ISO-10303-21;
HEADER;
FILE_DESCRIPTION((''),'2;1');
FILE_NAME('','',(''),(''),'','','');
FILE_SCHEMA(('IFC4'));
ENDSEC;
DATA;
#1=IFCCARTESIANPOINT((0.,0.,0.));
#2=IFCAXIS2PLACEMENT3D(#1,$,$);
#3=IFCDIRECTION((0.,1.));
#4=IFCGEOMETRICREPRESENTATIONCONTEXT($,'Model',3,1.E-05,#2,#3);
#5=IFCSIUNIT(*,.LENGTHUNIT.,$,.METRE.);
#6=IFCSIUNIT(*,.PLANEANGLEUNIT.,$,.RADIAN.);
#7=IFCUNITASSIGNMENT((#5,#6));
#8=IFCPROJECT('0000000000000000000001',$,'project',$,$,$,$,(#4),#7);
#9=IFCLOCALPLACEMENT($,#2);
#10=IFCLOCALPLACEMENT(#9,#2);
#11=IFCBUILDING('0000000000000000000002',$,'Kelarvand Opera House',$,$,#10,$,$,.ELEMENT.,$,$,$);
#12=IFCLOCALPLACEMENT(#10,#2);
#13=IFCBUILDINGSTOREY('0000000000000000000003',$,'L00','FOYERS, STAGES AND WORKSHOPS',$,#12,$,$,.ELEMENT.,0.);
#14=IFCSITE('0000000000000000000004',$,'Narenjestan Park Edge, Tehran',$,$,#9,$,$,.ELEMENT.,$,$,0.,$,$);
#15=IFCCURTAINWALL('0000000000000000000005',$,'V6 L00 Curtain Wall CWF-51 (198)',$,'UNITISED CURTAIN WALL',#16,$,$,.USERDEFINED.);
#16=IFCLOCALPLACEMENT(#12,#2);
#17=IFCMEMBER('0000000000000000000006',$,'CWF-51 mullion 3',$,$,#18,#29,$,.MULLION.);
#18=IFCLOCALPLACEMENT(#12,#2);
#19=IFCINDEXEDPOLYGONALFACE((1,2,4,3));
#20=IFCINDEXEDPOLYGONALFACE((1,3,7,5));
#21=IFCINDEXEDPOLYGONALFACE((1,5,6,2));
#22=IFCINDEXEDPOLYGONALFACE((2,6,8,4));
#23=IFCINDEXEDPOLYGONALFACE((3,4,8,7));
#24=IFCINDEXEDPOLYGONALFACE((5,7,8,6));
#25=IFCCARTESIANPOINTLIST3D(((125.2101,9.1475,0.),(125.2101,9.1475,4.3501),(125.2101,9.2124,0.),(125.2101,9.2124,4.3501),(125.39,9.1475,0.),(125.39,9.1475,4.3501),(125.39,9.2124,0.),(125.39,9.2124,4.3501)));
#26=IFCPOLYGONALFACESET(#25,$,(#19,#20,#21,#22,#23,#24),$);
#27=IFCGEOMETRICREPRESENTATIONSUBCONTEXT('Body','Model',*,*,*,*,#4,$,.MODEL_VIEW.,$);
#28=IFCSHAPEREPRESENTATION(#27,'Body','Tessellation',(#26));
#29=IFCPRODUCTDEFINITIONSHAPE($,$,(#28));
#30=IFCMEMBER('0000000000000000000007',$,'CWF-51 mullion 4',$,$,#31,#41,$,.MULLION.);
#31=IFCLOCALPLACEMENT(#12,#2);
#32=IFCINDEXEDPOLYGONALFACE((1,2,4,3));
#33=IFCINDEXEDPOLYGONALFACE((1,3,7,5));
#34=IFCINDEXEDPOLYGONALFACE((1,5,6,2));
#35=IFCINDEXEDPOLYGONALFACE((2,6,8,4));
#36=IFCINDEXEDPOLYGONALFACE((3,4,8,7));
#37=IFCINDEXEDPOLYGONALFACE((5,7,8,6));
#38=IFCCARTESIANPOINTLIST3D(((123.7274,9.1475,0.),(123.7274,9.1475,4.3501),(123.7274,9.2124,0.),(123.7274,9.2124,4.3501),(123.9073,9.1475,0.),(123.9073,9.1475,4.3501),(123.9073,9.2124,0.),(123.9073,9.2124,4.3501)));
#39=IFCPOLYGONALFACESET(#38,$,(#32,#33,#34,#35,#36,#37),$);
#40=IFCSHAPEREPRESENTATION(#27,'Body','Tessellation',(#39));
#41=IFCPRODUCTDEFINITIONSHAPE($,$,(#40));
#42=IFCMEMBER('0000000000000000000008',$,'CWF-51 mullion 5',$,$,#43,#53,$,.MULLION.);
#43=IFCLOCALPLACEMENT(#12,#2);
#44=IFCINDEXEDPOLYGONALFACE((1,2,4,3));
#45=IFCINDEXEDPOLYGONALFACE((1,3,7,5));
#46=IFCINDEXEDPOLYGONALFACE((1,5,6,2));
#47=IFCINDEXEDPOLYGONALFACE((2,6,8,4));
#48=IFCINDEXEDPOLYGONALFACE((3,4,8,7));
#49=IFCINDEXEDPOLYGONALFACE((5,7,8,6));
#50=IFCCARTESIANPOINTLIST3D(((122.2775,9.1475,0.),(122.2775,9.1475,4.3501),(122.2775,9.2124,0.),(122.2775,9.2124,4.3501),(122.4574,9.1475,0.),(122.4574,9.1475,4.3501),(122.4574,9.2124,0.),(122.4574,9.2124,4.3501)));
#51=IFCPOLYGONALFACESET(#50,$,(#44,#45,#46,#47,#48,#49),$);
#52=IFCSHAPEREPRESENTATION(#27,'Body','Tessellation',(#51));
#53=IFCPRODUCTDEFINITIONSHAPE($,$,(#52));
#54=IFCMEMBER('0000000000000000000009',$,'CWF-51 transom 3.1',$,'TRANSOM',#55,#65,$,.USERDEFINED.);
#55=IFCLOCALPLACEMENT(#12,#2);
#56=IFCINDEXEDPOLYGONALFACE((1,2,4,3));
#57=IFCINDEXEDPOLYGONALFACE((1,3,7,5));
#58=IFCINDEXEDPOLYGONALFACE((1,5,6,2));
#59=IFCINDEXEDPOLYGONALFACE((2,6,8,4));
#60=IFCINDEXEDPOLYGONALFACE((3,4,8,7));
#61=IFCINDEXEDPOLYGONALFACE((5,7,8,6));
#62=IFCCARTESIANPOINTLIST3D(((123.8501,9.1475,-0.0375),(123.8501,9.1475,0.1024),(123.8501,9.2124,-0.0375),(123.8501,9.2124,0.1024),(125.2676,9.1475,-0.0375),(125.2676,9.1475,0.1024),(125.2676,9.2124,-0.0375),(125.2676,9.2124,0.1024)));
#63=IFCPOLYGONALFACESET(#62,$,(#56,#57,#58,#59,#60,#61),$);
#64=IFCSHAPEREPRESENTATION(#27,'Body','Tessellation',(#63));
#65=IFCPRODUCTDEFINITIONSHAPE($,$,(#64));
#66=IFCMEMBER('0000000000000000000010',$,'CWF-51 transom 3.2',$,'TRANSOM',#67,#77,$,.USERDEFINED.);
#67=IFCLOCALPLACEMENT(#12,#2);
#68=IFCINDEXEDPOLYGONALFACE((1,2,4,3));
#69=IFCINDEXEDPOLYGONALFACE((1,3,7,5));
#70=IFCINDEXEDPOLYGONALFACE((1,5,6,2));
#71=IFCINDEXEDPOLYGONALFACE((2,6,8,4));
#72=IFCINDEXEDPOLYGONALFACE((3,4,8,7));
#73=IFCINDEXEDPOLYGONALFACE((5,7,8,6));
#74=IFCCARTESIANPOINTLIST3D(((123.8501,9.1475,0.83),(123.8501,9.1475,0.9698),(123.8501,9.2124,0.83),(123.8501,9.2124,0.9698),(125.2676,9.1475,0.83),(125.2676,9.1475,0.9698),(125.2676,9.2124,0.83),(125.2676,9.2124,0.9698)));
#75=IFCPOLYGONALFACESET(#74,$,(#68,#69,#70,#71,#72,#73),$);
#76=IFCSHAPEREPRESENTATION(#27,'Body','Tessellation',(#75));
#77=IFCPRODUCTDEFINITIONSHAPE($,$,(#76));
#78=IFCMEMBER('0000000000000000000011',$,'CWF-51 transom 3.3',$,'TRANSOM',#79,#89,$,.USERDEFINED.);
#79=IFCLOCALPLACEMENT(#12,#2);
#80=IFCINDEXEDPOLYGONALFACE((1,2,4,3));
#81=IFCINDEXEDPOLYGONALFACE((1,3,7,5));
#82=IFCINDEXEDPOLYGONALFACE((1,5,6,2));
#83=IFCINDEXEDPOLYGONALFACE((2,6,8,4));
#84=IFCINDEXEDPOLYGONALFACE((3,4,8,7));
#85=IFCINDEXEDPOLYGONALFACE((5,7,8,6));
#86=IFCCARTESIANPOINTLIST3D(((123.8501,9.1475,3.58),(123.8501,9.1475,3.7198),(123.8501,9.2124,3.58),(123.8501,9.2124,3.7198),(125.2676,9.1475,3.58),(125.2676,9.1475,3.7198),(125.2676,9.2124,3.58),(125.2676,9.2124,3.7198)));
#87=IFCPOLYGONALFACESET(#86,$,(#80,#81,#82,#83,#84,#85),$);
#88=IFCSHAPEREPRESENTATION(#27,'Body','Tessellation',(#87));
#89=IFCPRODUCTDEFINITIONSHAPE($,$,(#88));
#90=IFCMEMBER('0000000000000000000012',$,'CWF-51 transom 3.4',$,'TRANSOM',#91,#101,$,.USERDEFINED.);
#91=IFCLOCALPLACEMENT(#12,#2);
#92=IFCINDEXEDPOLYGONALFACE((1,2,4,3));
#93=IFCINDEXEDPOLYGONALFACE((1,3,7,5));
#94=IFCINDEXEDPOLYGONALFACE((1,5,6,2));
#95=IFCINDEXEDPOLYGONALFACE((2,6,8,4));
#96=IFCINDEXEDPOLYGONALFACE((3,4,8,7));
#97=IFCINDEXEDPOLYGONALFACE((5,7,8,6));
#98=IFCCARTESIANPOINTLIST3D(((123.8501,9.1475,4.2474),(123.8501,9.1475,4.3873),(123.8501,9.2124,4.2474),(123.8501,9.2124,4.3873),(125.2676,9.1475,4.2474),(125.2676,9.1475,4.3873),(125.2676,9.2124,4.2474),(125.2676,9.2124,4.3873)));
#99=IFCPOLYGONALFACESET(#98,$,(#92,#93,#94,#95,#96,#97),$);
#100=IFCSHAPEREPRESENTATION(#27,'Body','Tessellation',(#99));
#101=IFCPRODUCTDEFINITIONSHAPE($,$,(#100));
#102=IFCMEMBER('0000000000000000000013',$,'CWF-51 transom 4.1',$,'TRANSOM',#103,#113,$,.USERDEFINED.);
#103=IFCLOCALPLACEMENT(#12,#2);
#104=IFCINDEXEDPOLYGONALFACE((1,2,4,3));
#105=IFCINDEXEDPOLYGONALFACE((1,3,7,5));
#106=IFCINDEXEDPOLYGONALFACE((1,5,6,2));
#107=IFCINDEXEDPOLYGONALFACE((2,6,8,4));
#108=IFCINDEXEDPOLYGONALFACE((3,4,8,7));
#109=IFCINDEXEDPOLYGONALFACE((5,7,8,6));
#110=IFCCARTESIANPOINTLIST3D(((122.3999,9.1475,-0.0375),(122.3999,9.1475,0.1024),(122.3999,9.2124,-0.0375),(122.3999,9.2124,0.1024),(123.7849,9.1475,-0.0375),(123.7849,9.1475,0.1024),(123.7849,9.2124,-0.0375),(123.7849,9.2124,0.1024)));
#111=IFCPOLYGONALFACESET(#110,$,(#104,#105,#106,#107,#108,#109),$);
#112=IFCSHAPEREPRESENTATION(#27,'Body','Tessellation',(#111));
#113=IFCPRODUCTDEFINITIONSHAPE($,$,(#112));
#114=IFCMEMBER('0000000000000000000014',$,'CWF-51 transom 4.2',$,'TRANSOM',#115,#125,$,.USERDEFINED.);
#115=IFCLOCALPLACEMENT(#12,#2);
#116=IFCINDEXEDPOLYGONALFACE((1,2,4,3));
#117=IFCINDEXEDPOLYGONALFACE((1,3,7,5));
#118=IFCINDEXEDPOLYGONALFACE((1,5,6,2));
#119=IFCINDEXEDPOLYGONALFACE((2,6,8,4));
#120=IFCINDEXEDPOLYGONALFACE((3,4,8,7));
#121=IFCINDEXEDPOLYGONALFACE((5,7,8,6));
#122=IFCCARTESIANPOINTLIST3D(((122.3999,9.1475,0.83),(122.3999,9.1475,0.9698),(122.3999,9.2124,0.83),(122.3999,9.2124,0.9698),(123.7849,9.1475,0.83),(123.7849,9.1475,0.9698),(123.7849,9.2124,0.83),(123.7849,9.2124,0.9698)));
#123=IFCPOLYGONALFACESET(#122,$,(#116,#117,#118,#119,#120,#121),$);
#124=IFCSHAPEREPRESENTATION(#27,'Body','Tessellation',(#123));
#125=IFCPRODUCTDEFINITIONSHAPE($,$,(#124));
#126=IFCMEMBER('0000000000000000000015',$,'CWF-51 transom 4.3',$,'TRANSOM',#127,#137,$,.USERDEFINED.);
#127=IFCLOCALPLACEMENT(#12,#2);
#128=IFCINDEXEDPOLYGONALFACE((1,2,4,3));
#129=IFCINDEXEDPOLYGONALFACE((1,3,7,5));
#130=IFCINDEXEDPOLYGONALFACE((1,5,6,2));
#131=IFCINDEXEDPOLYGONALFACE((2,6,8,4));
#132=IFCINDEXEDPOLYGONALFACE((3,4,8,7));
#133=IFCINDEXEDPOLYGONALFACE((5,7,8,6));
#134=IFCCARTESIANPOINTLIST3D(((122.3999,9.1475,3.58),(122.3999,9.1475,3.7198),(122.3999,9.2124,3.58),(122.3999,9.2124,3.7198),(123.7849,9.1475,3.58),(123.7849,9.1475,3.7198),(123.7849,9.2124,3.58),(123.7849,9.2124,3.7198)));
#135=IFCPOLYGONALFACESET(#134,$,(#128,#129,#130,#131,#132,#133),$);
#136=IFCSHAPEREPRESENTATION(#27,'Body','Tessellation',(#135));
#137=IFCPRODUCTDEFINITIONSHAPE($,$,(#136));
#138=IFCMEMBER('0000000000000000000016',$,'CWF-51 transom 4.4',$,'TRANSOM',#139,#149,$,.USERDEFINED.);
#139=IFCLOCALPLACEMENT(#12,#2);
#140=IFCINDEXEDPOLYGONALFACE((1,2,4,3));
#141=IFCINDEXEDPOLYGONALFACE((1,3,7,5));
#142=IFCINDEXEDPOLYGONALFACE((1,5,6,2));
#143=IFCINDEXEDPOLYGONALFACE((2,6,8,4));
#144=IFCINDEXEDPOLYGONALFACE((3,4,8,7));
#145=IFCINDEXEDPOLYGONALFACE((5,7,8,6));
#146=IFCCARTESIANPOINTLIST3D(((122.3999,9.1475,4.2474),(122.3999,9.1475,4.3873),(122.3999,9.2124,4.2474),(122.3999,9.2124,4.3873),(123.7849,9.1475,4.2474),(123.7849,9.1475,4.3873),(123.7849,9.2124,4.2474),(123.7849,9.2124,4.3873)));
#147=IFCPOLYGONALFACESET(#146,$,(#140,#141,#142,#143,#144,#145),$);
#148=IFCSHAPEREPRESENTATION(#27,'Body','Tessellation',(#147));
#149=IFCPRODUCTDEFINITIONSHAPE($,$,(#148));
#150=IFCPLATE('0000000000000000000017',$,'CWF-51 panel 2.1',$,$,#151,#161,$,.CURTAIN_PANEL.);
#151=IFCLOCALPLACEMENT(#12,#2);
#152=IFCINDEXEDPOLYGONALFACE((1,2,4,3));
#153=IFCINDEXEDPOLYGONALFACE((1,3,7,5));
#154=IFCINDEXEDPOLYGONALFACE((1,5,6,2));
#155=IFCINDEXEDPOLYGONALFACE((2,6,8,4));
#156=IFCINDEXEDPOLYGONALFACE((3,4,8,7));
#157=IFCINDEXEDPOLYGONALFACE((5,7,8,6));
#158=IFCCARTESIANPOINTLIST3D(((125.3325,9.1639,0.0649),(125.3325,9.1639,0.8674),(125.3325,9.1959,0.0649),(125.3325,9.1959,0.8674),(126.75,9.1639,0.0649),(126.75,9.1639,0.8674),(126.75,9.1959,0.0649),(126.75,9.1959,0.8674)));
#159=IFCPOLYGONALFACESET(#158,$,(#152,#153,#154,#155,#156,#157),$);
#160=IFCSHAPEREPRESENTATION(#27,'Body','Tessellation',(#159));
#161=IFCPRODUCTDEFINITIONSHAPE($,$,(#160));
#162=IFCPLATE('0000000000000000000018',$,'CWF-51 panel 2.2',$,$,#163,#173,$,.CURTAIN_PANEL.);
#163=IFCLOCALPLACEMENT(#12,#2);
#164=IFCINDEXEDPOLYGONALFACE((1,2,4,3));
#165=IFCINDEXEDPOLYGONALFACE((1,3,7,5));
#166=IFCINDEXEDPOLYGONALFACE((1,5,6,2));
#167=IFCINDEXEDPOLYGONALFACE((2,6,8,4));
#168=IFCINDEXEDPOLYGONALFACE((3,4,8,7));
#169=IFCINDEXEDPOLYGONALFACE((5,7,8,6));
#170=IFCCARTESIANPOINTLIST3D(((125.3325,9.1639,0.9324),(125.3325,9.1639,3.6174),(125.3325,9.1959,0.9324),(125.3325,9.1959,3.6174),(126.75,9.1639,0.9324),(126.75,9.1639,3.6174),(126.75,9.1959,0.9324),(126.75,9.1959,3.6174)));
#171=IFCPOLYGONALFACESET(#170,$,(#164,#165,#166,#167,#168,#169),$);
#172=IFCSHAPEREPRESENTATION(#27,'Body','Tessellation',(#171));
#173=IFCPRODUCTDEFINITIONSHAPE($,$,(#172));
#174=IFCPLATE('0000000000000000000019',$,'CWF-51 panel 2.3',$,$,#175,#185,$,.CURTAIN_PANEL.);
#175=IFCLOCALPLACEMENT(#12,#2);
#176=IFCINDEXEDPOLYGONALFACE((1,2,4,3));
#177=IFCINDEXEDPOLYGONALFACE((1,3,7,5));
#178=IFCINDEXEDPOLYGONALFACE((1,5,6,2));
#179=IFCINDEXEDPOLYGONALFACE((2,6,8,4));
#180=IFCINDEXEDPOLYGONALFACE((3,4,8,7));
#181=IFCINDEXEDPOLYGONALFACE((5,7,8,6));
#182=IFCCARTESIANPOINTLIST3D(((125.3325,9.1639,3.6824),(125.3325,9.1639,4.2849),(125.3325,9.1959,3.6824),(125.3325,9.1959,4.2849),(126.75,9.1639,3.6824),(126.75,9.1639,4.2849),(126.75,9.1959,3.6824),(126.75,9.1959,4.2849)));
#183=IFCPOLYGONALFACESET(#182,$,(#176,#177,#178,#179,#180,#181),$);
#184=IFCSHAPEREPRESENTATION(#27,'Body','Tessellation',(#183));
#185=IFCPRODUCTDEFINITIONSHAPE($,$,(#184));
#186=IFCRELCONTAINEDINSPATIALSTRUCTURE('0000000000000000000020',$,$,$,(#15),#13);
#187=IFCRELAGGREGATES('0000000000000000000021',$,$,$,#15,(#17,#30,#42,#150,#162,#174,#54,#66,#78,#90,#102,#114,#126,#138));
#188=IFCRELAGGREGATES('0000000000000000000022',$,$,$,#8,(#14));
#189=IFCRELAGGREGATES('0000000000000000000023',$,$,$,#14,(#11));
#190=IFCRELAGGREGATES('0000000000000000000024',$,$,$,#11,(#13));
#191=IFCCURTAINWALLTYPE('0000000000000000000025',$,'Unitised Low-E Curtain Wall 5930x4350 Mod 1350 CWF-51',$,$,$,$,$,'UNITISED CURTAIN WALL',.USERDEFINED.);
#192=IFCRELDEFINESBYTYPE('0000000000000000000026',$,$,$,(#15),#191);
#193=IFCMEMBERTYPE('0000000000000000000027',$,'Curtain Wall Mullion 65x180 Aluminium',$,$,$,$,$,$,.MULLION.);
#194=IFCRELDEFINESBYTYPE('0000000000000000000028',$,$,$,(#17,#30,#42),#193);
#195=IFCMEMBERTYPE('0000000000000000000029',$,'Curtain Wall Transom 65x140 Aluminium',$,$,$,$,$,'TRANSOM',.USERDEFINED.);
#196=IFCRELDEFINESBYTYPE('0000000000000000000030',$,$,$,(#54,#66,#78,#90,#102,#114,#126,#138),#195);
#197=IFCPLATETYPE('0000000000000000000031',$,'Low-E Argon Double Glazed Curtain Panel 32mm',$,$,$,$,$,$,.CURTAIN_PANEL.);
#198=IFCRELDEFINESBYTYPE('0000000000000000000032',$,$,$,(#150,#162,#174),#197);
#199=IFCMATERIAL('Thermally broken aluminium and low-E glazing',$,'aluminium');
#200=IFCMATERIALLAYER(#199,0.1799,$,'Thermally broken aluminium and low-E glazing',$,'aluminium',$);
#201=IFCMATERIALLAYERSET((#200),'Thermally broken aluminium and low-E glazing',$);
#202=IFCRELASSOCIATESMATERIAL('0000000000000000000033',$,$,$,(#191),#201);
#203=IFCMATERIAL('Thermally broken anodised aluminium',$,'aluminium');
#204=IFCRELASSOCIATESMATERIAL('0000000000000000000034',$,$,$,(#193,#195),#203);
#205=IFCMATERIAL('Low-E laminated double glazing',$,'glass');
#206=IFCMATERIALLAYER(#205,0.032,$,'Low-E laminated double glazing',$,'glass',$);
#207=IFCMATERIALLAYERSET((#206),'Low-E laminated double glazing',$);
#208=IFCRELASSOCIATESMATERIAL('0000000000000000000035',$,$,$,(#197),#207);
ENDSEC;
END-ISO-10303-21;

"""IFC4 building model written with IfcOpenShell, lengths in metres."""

from ifc_helpers import new_model, si_unit, direction, frame, origin, origin_2d, place, context, subcontext, project, spatial, rectangle, extrude, material, layer, layer_set, material_profile, profile_set, type_object, element, aggregate, save


model = new_model("IFC4")

# Units and contexts
model_context = context("Model", 3, precision=1e-05, world=origin(), true_north=direction((0.0, 1.0)))
body_context = subcontext(model_context, "Body", "Model", "MODEL_VIEW")
ifc_project = project(units=[si_unit("LENGTHUNIT", "METRE"), si_unit("PLANEANGLEUNIT", "RADIAN")], contexts=[model_context])

# Site, building, storey
site_placement = place(None, origin())
site = spatial("IfcSite", under=ifc_project, at=site_placement, Name="Narenjestan Park Edge, Tehran", CompositionType="ELEMENT", RefElevation=0.0)
building_placement = place(site_placement, origin())
building = spatial("IfcBuilding", under=site, at=building_placement, Name="Kelarvand Opera House", CompositionType="ELEMENT")
storey_placement = place(building_placement, origin())
storey = spatial("IfcBuildingStorey", under=building, at=storey_placement, Name="L00", Description="FOYERS, STAGES AND WORKSHOPS", CompositionType="ELEMENT", Elevation=0.0)

# Curtain wall, members, plates
ifc_material_1 = material(Name="Thermally broken aluminium and low-E glazing", Category="aluminium")
ifc_layer_1 = layer(ifc_material_1, 0.1799, Name="Thermally broken aluminium and low-E glazing", Category="aluminium")
ifc_layer_set_1 = layer_set([ifc_layer_1], Name="Thermally broken aluminium and low-E glazing")
curtain_wall_type = type_object("IfcCurtainWallType", Name="Unitised Low-E Curtain Wall 5930x4350 Mod 1350 CWF-51", ElementType="UNITISED CURTAIN WALL", PredefinedType="USERDEFINED", material=ifc_layer_set_1)
curtain_wall_placement = place(storey_placement, origin())
curtain_wall = element("IfcCurtainWall", 1, at=curtain_wall_placement, inside=storey, type_object=curtain_wall_type, Name="V6 L00 Curtain Wall CWF-51 (198)", ObjectType="UNITISED CURTAIN WALL", PredefinedType="USERDEFINED")
ifc_material_2 = material(Name="Thermally broken anodised aluminium", Category="aluminium")
ifc_material_profile_1 = material_profile(ifc_material_2, rectangle(XDim=0.0649, YDim=0.1799, at=origin_2d()), Name="ALU MULLION 65x180", Category="aluminium")
ifc_profile_set_1 = profile_set([ifc_material_profile_1], Name="Thermally broken anodised aluminium")
member_type_1 = type_object("IfcMemberType", Name="Curtain Wall Mullion 65x180 Aluminium", PredefinedType="MULLION", material=ifc_profile_set_1)
member_1_placement = place(storey_placement, frame((125.3, 9.1799, 0.0), z_axis=(0.0, 0.0, 1.0), x_axis=(0.0, -1.0, 0.0)))
member_1 = element("IfcMember", 2, at=member_1_placement, type_object=member_type_1, Name="CWF-51 mullion 3", PredefinedType="MULLION", context=body_context, shape_type="SweptSolid", body=[
    extrude(rectangle(XDim=0.0649, YDim=0.1799, at=origin_2d()), origin(), (0.0, 0.0, 1.0), 4.3501),
])
member_2_placement = place(storey_placement, frame((123.8174, 9.1799, 0.0), z_axis=(0.0, 0.0, 1.0), x_axis=(0.0, -1.0, 0.0)))
member_2 = element("IfcMember", 3, at=member_2_placement, type_object=member_type_1, Name="CWF-51 mullion 4", PredefinedType="MULLION", context=body_context, shape_type="SweptSolid", body=[
    extrude(rectangle(XDim=0.0649, YDim=0.1799, at=origin_2d()), origin(), (0.0, 0.0, 1.0), 4.3501),
])
member_3_placement = place(storey_placement, frame((122.3674, 9.1799, 0.0), z_axis=(0.0, 0.0, 1.0), x_axis=(0.0, -1.0, 0.0)))
member_3 = element("IfcMember", 4, at=member_3_placement, type_object=member_type_1, Name="CWF-51 mullion 5", PredefinedType="MULLION", context=body_context, shape_type="SweptSolid", body=[
    extrude(rectangle(XDim=0.0649, YDim=0.1799, at=origin_2d()), origin(), (0.0, 0.0, 1.0), 4.3501),
])
ifc_material_profile_2 = material_profile(ifc_material_2, rectangle(XDim=0.0649, YDim=0.1399, at=origin_2d()), Name="ALU TRANSOM 65x140", Category="aluminium")
ifc_profile_set_2 = profile_set([ifc_material_profile_2], Name="Thermally broken anodised aluminium")
member_type_2 = type_object("IfcMemberType", Name="Curtain Wall Transom 65x140 Aluminium", ElementType="TRANSOM", PredefinedType="USERDEFINED", material=ifc_profile_set_2)
member_4_placement = place(storey_placement, frame((125.2676, 9.1799, 0.0325), z_axis=(-1.0, 0.0, 0.0), x_axis=(0.0, -1.0, 0.0)))
member_4 = element("IfcMember", 5, at=member_4_placement, type_object=member_type_2, Name="CWF-51 transom 3.1", ObjectType="TRANSOM", PredefinedType="USERDEFINED", context=body_context, shape_type="SweptSolid", body=[
    extrude(rectangle(XDim=0.0649, YDim=0.1399, at=origin_2d()), origin(), (0.0, 0.0, 1.0), 1.4175),
])
member_5_placement = place(storey_placement, frame((125.2676, 9.1799, 0.8999), z_axis=(-1.0, 0.0, 0.0), x_axis=(0.0, -1.0, 0.0)))
member_5 = element("IfcMember", 6, at=member_5_placement, type_object=member_type_2, Name="CWF-51 transom 3.2", ObjectType="TRANSOM", PredefinedType="USERDEFINED", context=body_context, shape_type="SweptSolid", body=[
    extrude(rectangle(XDim=0.0649, YDim=0.1399, at=origin_2d()), origin(), (0.0, 0.0, 1.0), 1.4175),
])
member_6_placement = place(storey_placement, frame((125.2676, 9.1799, 3.6499), z_axis=(-1.0, 0.0, 0.0), x_axis=(0.0, -1.0, 0.0)))
member_6 = element("IfcMember", 7, at=member_6_placement, type_object=member_type_2, Name="CWF-51 transom 3.3", ObjectType="TRANSOM", PredefinedType="USERDEFINED", context=body_context, shape_type="SweptSolid", body=[
    extrude(rectangle(XDim=0.0649, YDim=0.1399, at=origin_2d()), origin(), (0.0, 0.0, 1.0), 1.4175),
])
member_7_placement = place(storey_placement, frame((125.2676, 9.1799, 4.3174), z_axis=(-1.0, 0.0, 0.0), x_axis=(0.0, -1.0, 0.0)))
member_7 = element("IfcMember", 8, at=member_7_placement, type_object=member_type_2, Name="CWF-51 transom 3.4", ObjectType="TRANSOM", PredefinedType="USERDEFINED", context=body_context, shape_type="SweptSolid", body=[
    extrude(rectangle(XDim=0.0649, YDim=0.1399, at=origin_2d()), origin(), (0.0, 0.0, 1.0), 1.4175),
])
member_8_placement = place(storey_placement, frame((123.7849, 9.1799, 0.0325), z_axis=(-1.0, 0.0, 0.0), x_axis=(0.0, -1.0, 0.0)))
member_8 = element("IfcMember", 9, at=member_8_placement, type_object=member_type_2, Name="CWF-51 transom 4.1", ObjectType="TRANSOM", PredefinedType="USERDEFINED", context=body_context, shape_type="SweptSolid", body=[
    extrude(rectangle(XDim=0.0649, YDim=0.1399, at=origin_2d()), origin(), (0.0, 0.0, 1.0), 1.385),
])
member_9_placement = place(storey_placement, frame((123.7849, 9.1799, 0.8999), z_axis=(-1.0, 0.0, 0.0), x_axis=(0.0, -1.0, 0.0)))
member_9 = element("IfcMember", 10, at=member_9_placement, type_object=member_type_2, Name="CWF-51 transom 4.2", ObjectType="TRANSOM", PredefinedType="USERDEFINED", context=body_context, shape_type="SweptSolid", body=[
    extrude(rectangle(XDim=0.0649, YDim=0.1399, at=origin_2d()), origin(), (0.0, 0.0, 1.0), 1.385),
])
member_10_placement = place(storey_placement, frame((123.7849, 9.1799, 3.6499), z_axis=(-1.0, 0.0, 0.0), x_axis=(0.0, -1.0, 0.0)))
member_10 = element("IfcMember", 11, at=member_10_placement, type_object=member_type_2, Name="CWF-51 transom 4.3", ObjectType="TRANSOM", PredefinedType="USERDEFINED", context=body_context, shape_type="SweptSolid", body=[
    extrude(rectangle(XDim=0.0649, YDim=0.1399, at=origin_2d()), origin(), (0.0, 0.0, 1.0), 1.385),
])
member_11_placement = place(storey_placement, frame((123.7849, 9.1799, 4.3174), z_axis=(-1.0, 0.0, 0.0), x_axis=(0.0, -1.0, 0.0)))
member_11 = element("IfcMember", 12, at=member_11_placement, type_object=member_type_2, Name="CWF-51 transom 4.4", ObjectType="TRANSOM", PredefinedType="USERDEFINED", context=body_context, shape_type="SweptSolid", body=[
    extrude(rectangle(XDim=0.0649, YDim=0.1399, at=origin_2d()), origin(), (0.0, 0.0, 1.0), 1.385),
])
ifc_material_3 = material(Name="Low-E laminated double glazing", Category="glass")
ifc_layer_2 = layer(ifc_material_3, 0.032, Name="Low-E laminated double glazing", Category="glass")
ifc_layer_set_2 = layer_set([ifc_layer_2], Name="Low-E laminated double glazing")
plate_type = type_object("IfcPlateType", Name="Low-E Argon Double Glazed Curtain Panel 32mm", PredefinedType="CURTAIN_PANEL", material=ifc_layer_set_2)
plate_1_placement = place(storey_placement, frame((126.0413, 9.1799, 0.0649), z_axis=(0.0, 0.0, 1.0), x_axis=(-1.0, 0.0, 0.0)))
plate_1 = element("IfcPlate", 13, at=plate_1_placement, type_object=plate_type, Name="CWF-51 panel 2.1", PredefinedType="CURTAIN_PANEL", context=body_context, shape_type="SweptSolid", body=[
    extrude(rectangle(XDim=1.4175, YDim=0.032, at=origin_2d()), origin(), (0.0, 0.0, 1.0), 0.8025),
])
plate_2_placement = place(storey_placement, frame((126.0413, 9.1799, 0.9324), z_axis=(0.0, 0.0, 1.0), x_axis=(-1.0, 0.0, 0.0)))
plate_2 = element("IfcPlate", 14, at=plate_2_placement, type_object=plate_type, Name="CWF-51 panel 2.2", PredefinedType="CURTAIN_PANEL", context=body_context, shape_type="SweptSolid", body=[
    extrude(rectangle(XDim=1.4175, YDim=0.032, at=origin_2d()), origin(), (0.0, 0.0, 1.0), 2.6851),
])
plate_3_placement = place(storey_placement, frame((126.0413, 9.1799, 3.6824), z_axis=(0.0, 0.0, 1.0), x_axis=(-1.0, 0.0, 0.0)))
plate_3 = element("IfcPlate", 15, at=plate_3_placement, type_object=plate_type, Name="CWF-51 panel 2.3", PredefinedType="CURTAIN_PANEL", context=body_context, shape_type="SweptSolid", body=[
    extrude(rectangle(XDim=1.4175, YDim=0.032, at=origin_2d()), origin(), (0.0, 0.0, 1.0), 0.6025),
])
aggregate(curtain_wall, [member_1, member_2, member_3, plate_1, plate_2, plate_3, member_4, member_5, member_6, member_7, member_8, member_9, member_10, member_11])

save(model, "model.ifc")
